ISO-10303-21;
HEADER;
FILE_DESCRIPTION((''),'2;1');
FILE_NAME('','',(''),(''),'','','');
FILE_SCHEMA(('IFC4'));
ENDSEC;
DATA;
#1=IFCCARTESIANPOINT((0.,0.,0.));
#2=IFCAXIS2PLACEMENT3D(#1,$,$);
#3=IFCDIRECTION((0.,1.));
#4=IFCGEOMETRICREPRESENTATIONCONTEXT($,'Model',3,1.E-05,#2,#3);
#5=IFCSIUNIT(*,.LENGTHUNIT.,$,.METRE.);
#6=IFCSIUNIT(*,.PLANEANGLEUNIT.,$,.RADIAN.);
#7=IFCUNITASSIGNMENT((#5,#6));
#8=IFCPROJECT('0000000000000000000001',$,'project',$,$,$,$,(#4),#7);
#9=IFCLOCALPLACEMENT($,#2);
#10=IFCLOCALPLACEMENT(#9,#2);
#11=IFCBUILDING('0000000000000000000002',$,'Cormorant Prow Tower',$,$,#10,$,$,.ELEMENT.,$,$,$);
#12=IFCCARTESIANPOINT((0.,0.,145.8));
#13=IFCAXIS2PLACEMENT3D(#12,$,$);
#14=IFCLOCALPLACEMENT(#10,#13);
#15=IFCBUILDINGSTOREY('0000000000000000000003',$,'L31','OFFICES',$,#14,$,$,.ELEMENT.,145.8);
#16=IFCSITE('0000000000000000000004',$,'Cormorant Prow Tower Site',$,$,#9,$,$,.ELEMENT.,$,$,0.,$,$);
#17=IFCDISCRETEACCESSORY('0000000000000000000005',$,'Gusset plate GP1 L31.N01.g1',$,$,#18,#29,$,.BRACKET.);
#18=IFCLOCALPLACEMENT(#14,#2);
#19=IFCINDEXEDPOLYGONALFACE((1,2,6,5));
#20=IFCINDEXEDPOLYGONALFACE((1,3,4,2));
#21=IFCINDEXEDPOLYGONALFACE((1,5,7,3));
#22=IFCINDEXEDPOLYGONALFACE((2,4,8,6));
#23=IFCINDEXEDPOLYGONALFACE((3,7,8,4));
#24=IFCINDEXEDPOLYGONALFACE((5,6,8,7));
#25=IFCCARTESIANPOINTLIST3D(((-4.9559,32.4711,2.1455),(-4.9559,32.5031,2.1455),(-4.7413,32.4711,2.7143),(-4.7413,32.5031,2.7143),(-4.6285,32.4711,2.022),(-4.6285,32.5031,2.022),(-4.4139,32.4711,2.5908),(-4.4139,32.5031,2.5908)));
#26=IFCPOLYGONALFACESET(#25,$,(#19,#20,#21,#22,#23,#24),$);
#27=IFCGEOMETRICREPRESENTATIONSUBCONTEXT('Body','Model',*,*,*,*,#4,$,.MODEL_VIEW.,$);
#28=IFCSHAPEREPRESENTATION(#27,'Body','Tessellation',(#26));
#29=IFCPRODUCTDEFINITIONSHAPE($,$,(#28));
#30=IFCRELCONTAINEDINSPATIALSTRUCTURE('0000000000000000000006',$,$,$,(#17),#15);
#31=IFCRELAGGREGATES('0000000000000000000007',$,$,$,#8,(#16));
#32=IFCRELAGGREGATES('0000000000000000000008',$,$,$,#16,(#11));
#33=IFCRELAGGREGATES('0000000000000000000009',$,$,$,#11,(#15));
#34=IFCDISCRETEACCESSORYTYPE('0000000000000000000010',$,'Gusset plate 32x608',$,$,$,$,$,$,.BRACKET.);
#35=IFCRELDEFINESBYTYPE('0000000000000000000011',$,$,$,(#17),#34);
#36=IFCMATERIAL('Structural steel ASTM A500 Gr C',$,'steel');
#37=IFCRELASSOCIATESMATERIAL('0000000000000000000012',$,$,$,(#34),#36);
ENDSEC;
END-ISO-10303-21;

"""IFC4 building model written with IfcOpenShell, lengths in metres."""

from ifc_helpers import new_model, si_unit, direction, frame, origin, origin_2d, place, context, subcontext, project, spatial, rectangle, extrude, material, material_profile, profile_set, type_object, element, save


model = new_model("IFC4")

# Units and contexts
model_context = context("Model", 3, precision=1e-05, world=origin(), true_north=direction((0.0, 1.0)))
body_context = subcontext(model_context, "Body", "Model", "MODEL_VIEW")
ifc_project = project(units=[si_unit("LENGTHUNIT", "METRE"), si_unit("PLANEANGLEUNIT", "RADIAN")], contexts=[model_context])

# Site, building, storey
site_placement = place(None, origin())
site = spatial("IfcSite", under=ifc_project, at=site_placement, Name="Cormorant Prow Tower Site", CompositionType="ELEMENT", RefElevation=0.0)
building_placement = place(site_placement, origin())
building = spatial("IfcBuilding", under=site, at=building_placement, Name="Cormorant Prow Tower", CompositionType="ELEMENT")
storey_placement = place(building_placement, frame((0.0, 0.0, 145.8)))
storey = spatial("IfcBuildingStorey", under=building, at=storey_placement, Name="L31", Description="OFFICES", CompositionType="ELEMENT", Elevation=145.8)

# Discrete accessory
ifc_material_1 = material(Name="Structural steel ASTM A500 Gr C", Category="steel")
ifc_material_profile_1 = material_profile(ifc_material_1, rectangle(XDim=0.032, YDim=0.6079, at=origin_2d()), Name="Gusset plate 32x608")
ifc_profile_set_1 = profile_set([ifc_material_profile_1], Name="Structural steel ASTM A500 Gr C")
discrete_accessory_type = type_object("IfcDiscreteAccessoryType", Name="Gusset plate 32x608", PredefinedType="BRACKET", material=ifc_profile_set_1)
discrete_accessory_1_placement = place(storey_placement, frame((-4.5212, 32.4871, 2.3064), z_axis=(-0.93561, 0.0, 0.353034), x_axis=(0.0, -1.0, 0.0)))
element("IfcDiscreteAccessory", 1, at=discrete_accessory_1_placement, inside=storey, type_object=discrete_accessory_type, Name="Gusset plate GP1 L31.N01.g1", PredefinedType="BRACKET", context=body_context, shape_type="SweptSolid", body=[
    extrude(rectangle(XDim=0.032, YDim=0.6079, at=origin_2d()), origin(), (0.0, 0.0, 1.0), 0.3499),
])

save(model, "model.ifc")
